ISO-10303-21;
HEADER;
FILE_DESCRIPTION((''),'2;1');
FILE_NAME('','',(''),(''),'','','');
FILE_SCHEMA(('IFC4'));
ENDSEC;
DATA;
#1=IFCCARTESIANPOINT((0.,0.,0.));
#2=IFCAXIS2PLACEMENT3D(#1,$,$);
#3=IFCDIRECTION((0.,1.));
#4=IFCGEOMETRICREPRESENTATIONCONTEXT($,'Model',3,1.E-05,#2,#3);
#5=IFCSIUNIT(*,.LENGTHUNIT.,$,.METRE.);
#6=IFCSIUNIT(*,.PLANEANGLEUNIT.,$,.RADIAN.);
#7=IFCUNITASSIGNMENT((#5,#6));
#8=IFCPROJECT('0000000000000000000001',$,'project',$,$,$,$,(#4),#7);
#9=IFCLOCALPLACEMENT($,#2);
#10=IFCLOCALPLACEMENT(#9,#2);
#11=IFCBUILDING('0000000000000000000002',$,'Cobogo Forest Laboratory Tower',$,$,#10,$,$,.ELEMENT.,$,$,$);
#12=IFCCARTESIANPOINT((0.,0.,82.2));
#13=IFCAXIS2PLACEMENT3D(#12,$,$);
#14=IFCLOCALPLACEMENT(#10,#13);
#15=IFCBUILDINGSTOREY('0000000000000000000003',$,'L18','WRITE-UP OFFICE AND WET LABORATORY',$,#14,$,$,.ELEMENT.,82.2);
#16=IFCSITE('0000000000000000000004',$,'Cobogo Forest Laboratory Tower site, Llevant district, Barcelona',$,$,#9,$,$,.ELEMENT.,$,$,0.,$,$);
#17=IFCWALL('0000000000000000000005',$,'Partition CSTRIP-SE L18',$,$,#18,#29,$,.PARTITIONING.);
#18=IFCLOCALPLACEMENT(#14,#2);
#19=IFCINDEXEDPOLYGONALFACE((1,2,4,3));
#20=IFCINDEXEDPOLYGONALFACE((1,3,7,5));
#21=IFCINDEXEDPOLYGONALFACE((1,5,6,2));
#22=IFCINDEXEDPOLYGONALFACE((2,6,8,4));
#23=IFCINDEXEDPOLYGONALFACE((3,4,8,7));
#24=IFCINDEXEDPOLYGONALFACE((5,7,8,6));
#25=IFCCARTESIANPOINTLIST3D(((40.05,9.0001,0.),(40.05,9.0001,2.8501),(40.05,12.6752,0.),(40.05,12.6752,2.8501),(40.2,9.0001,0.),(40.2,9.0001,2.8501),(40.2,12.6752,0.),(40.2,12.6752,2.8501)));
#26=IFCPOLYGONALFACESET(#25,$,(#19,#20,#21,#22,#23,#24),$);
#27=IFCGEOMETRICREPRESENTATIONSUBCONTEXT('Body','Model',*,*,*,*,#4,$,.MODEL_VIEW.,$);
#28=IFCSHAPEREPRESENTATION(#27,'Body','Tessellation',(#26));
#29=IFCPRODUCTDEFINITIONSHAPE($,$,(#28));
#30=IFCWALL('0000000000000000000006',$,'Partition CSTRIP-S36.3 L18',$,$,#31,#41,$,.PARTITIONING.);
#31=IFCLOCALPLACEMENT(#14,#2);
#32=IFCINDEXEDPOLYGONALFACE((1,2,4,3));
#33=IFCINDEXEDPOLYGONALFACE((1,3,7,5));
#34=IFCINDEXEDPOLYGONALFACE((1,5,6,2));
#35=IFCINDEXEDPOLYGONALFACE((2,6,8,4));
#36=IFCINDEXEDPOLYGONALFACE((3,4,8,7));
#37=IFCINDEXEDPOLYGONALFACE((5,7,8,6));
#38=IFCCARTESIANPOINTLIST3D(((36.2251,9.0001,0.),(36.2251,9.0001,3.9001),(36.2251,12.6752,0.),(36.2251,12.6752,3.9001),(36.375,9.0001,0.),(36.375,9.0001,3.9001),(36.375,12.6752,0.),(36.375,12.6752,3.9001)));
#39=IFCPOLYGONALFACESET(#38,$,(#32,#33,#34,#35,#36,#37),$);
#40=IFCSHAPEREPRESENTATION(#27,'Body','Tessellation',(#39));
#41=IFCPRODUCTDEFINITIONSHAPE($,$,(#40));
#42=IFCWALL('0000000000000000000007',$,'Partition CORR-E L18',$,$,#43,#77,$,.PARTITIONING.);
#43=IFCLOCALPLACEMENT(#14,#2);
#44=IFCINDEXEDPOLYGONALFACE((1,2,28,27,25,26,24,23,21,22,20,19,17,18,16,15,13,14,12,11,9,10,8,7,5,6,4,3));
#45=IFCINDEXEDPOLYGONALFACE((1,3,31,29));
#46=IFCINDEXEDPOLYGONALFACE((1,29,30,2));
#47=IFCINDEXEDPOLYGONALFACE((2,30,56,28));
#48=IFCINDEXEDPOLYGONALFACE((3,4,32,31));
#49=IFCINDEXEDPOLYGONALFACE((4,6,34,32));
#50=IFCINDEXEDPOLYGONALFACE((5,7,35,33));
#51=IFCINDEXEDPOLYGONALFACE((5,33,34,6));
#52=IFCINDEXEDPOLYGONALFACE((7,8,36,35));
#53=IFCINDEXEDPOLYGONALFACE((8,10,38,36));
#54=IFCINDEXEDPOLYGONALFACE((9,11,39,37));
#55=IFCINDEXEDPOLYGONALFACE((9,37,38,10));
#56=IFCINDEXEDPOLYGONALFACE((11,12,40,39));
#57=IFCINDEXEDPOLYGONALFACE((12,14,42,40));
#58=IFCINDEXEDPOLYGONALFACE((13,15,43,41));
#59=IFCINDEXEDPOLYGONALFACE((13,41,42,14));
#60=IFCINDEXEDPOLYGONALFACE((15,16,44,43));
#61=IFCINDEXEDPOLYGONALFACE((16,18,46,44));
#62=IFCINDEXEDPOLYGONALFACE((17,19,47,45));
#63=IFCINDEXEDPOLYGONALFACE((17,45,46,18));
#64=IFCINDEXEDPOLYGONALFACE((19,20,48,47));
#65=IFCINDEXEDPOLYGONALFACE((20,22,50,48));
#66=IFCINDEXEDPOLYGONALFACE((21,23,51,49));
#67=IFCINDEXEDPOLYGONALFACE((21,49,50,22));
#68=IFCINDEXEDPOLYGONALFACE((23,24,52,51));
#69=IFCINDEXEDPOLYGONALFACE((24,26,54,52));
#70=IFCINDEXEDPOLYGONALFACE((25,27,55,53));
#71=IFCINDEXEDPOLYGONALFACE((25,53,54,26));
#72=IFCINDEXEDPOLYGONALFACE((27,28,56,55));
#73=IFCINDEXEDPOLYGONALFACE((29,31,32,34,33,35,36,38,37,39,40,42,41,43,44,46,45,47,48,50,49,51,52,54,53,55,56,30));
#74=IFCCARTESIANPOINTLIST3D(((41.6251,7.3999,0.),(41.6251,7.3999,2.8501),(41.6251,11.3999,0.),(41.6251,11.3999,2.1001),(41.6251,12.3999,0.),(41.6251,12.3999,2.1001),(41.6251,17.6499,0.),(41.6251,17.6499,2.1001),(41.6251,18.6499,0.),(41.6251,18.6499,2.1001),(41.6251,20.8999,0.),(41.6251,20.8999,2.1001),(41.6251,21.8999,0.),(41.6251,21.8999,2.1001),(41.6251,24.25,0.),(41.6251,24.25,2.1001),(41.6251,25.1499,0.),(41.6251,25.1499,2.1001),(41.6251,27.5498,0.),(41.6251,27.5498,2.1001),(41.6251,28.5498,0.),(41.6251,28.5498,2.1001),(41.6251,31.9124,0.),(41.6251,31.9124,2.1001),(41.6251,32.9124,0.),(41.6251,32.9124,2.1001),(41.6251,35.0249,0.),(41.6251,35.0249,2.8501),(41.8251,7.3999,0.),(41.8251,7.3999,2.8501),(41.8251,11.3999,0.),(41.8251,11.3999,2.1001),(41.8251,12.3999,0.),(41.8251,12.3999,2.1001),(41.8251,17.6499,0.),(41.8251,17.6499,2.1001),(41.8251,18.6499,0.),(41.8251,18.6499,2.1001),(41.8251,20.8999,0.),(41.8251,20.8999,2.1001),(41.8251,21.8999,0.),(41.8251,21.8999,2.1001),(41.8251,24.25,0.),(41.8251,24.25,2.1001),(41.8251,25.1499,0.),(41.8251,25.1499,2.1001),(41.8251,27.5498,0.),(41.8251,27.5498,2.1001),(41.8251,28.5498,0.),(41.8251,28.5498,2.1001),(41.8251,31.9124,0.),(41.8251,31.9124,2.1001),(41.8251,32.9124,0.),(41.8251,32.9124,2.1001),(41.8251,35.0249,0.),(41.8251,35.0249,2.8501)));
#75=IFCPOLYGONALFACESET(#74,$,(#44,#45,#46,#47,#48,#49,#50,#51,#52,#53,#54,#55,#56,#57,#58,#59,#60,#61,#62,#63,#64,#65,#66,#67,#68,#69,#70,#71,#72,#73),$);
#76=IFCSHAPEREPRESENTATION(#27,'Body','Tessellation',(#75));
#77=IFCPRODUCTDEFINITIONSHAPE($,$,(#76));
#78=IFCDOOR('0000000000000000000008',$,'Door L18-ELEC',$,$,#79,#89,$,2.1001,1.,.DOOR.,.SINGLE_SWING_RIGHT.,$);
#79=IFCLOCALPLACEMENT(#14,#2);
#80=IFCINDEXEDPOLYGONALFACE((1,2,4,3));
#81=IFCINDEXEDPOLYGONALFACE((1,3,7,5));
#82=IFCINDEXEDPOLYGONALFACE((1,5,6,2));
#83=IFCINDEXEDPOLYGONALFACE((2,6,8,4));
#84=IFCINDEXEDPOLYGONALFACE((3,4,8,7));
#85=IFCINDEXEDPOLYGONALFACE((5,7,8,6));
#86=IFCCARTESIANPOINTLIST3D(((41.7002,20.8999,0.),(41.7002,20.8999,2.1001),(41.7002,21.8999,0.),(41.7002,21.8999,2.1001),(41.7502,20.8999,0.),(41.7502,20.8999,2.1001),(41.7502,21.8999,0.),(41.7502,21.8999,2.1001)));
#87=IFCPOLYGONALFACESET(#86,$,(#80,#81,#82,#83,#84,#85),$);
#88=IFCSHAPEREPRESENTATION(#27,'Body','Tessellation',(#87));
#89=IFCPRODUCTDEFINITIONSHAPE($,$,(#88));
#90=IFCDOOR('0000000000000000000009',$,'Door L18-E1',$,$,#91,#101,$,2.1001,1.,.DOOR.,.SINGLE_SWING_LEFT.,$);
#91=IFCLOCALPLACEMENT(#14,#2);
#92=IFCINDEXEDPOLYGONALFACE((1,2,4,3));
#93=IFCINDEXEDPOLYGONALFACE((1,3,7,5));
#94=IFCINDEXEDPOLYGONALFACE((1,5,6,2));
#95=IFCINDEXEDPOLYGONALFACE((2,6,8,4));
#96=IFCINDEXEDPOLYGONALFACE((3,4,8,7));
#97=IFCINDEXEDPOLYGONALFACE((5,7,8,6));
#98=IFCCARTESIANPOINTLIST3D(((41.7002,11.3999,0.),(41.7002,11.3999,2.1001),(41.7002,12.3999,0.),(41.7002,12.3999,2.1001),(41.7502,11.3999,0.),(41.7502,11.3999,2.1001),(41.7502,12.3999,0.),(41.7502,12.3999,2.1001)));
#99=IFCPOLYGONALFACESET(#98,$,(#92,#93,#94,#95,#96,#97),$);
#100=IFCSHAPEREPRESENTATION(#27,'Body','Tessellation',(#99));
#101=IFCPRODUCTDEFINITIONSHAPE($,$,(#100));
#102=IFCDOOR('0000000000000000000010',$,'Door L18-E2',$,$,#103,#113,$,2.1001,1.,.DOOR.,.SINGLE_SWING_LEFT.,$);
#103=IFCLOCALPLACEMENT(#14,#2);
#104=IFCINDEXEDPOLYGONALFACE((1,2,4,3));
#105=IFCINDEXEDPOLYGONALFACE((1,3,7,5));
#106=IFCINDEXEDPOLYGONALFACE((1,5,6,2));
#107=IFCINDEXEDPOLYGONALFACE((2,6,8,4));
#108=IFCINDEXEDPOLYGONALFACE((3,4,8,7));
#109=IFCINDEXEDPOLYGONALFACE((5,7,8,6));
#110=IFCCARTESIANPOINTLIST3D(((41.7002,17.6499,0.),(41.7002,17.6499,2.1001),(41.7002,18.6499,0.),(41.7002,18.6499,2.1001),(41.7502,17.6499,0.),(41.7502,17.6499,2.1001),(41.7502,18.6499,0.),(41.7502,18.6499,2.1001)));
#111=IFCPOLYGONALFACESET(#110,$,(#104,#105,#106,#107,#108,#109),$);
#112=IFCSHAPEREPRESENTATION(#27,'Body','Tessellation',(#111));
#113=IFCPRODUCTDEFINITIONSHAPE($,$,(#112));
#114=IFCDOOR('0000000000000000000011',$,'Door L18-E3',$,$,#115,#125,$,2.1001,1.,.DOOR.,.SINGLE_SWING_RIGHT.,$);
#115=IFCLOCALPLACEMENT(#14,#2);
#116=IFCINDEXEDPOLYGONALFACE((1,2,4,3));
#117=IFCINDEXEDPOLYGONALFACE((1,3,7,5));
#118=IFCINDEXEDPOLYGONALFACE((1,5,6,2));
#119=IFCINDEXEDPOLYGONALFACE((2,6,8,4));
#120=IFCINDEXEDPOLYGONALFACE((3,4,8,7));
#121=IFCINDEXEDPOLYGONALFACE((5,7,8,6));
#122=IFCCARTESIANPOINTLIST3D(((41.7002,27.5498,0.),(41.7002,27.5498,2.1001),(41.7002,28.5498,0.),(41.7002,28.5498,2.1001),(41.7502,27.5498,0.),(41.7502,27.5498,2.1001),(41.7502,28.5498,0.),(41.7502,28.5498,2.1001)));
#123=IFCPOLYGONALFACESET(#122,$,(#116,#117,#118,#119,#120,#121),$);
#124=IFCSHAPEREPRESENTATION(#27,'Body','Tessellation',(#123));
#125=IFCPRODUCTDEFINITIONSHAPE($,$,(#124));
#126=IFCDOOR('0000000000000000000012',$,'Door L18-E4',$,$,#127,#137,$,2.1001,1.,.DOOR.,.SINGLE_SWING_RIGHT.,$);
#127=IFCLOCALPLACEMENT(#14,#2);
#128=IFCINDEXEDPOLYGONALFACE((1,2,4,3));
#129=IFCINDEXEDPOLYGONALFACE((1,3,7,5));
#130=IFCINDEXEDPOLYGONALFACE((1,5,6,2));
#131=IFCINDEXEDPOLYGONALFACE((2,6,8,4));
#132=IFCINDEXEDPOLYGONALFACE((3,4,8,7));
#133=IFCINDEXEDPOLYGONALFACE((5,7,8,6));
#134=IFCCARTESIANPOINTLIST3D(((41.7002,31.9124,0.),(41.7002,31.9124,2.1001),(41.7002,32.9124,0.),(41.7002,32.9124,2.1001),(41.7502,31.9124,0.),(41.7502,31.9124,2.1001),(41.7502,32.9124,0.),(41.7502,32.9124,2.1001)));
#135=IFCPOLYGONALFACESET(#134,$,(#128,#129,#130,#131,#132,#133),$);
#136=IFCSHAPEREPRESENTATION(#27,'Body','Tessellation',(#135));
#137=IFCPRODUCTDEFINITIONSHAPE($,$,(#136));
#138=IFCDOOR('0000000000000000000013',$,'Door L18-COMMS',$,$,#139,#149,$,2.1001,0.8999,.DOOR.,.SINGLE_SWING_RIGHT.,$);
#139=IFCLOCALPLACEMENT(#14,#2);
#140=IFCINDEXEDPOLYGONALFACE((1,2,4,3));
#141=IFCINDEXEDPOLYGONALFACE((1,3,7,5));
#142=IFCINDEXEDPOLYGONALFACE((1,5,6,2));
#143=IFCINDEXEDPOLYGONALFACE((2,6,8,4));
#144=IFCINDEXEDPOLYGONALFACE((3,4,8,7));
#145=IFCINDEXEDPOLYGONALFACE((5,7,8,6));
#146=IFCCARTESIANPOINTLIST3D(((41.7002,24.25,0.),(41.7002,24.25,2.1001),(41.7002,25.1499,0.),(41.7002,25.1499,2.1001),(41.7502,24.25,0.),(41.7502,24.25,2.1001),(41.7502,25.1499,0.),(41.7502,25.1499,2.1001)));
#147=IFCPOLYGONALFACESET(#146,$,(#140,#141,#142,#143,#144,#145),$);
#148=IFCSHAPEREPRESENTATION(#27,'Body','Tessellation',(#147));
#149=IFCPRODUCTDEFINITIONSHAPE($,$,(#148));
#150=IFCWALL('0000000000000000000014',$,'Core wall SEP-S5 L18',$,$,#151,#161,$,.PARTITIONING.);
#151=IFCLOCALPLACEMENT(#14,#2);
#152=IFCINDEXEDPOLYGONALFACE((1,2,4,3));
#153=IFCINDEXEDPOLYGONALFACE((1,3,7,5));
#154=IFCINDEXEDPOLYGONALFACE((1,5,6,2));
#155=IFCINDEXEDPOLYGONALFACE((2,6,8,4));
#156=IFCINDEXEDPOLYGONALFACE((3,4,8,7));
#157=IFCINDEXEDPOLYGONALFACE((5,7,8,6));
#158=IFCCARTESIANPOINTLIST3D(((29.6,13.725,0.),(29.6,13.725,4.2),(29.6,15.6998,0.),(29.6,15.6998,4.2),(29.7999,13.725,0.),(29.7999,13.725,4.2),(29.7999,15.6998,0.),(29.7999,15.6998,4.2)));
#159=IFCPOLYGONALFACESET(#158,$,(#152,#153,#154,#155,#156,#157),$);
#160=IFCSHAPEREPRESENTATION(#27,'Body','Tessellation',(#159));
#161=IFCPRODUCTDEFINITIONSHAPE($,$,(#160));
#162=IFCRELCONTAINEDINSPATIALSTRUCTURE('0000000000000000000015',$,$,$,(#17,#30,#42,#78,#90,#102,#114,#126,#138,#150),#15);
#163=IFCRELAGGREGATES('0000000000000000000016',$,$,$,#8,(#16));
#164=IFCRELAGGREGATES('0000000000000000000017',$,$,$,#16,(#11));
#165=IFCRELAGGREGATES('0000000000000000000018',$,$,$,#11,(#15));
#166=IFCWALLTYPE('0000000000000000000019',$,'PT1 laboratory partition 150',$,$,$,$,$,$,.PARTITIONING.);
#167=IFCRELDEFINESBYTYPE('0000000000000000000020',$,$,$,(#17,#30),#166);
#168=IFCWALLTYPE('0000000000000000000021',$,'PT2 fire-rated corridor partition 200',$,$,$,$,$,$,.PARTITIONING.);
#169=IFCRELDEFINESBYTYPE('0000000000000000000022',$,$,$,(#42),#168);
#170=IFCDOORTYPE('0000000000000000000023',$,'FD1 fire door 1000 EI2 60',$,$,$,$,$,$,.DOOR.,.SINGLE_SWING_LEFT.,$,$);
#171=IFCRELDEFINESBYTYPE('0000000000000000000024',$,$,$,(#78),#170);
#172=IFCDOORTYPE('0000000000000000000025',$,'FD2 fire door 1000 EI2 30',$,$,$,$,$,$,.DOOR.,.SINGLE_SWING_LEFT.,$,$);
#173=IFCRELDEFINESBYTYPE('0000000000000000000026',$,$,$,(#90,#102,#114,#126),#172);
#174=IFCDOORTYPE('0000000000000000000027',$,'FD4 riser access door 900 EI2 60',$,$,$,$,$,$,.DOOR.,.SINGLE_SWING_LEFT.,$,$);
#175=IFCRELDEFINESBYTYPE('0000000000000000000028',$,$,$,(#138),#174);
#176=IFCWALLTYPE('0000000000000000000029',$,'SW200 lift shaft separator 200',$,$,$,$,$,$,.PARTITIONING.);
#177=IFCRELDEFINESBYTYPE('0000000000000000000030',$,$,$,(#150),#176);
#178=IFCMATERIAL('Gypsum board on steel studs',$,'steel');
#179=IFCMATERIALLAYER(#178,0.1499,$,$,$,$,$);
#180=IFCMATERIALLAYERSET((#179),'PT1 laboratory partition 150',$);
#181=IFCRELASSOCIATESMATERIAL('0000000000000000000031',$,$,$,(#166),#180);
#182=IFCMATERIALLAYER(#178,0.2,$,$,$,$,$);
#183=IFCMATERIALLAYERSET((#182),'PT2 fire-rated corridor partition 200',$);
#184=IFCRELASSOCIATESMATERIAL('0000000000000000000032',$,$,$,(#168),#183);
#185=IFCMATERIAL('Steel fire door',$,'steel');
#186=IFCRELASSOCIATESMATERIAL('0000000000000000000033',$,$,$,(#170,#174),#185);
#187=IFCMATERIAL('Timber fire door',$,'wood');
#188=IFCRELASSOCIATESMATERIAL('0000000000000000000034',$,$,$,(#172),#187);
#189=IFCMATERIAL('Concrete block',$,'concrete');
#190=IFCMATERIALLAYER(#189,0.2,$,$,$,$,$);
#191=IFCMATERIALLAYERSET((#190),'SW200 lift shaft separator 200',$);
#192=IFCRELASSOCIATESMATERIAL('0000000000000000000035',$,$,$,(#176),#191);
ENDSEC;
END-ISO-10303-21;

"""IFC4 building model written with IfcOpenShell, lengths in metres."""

from ifc_helpers import new_model, si_unit, direction, frame, frame_2d, origin, place, context, subcontext, project, spatial, rectangle, extrude, material, layer, layer_set, type_object, element, fill, save


model = new_model("IFC4")

# Units and contexts
model_context = context("Model", 3, precision=1e-05, world=origin(), true_north=direction((0.0, 1.0)))
body_context = subcontext(model_context, "Body", "Model", "MODEL_VIEW")
ifc_project = project(units=[si_unit("LENGTHUNIT", "METRE"), si_unit("PLANEANGLEUNIT", "RADIAN")], contexts=[model_context])

# Site, building, storey
site_placement = place(None, origin())
site = spatial("IfcSite", under=ifc_project, at=site_placement, Name="Cobogo Forest Laboratory Tower site, Llevant district, Barcelona", CompositionType="ELEMENT", RefElevation=0.0)
building_placement = place(site_placement, origin())
building = spatial("IfcBuilding", under=site, at=building_placement, Name="Cobogo Forest Laboratory Tower", CompositionType="ELEMENT")
storey_placement = place(building_placement, frame((0.0, 0.0, 82.2)))
storey = spatial("IfcBuildingStorey", under=building, at=storey_placement, Name="L18", Description="WRITE-UP OFFICE AND WET LABORATORY", CompositionType="ELEMENT", Elevation=82.2)

# Shared definitions
ifc_material_1 = material(Name="Steel fire door", Category="steel")

# Walls
ifc_material_2 = material(Name="Gypsum board on steel studs", Category="steel")
ifc_layer_1 = layer(ifc_material_2, 0.1499)
ifc_layer_set_1 = layer_set([ifc_layer_1], Name="PT1 laboratory partition 150")
wall_type_1 = type_object("IfcWallType", Name="PT1 laboratory partition 150", PredefinedType="PARTITIONING", material=ifc_layer_set_1)
wall_1_placement = place(storey_placement, frame((40.125, 12.675, 0.0), z_axis=(0.0, 0.0, 1.0), x_axis=(0.0, -1.0, 0.0)))
element("IfcWall", 1, at=wall_1_placement, inside=storey, type_object=wall_type_1, Name="Partition CSTRIP-SE L18", PredefinedType="PARTITIONING", context=body_context, shape_type="SweptSolid", body=[
    extrude(rectangle(XDim=3.675, YDim=0.1499, at=frame_2d((1.8374, 0.0))), origin(), (0.0, 0.0, 1.0), 2.8501),
])
wall_2_placement = place(storey_placement, frame((36.3, 12.675, 0.0), z_axis=(0.0, 0.0, 1.0), x_axis=(0.0, -1.0, 0.0)))
element("IfcWall", 2, at=wall_2_placement, inside=storey, type_object=wall_type_1, Name="Partition CSTRIP-S36.3 L18", PredefinedType="PARTITIONING", context=body_context, shape_type="SweptSolid", body=[
    extrude(rectangle(XDim=3.675, YDim=0.1499, at=frame_2d((1.8374, 0.0))), origin(), (0.0, 0.0, 1.0), 3.9001),
])

# Wall, openings, doors
ifc_layer_2 = layer(ifc_material_2, 0.2)
ifc_layer_set_2 = layer_set([ifc_layer_2], Name="PT2 fire-rated corridor partition 200")
wall_type_2 = type_object("IfcWallType", Name="PT2 fire-rated corridor partition 200", PredefinedType="PARTITIONING", material=ifc_layer_set_2)
wall_3_placement = place(storey_placement, frame((41.7251, 7.3999, 0.0), z_axis=(0.0, 0.0, 1.0), x_axis=(0.0, 1.0, 0.0)))
wall_3 = element("IfcWall", 3, at=wall_3_placement, inside=storey, type_object=wall_type_2, Name="Partition CORR-E L18", PredefinedType="PARTITIONING", context=body_context, shape_type="SweptSolid", body=[
    extrude(rectangle(XDim=27.625, YDim=0.2, at=frame_2d((13.8125, 0.0))), origin(), (0.0, 0.0, 1.0), 2.8501),
])
opening_1_placement = place(wall_3_placement, frame((4.0, 0.0, 0.0)))
opening_1 = element("IfcOpeningElement", 4, at=opening_1_placement, cuts=wall_3, PredefinedType="OPENING", context=body_context, shape_type="SweptSolid", body=[
    extrude(rectangle(XDim=1.0, YDim=2.1001, at=frame_2d((0.5, 1.05))), frame((0.0, 0.1099, 0.0), z_axis=(0.0, -1.0, 0.0), x_axis=(1.0, 0.0, 0.0)), (0.0, 0.0, 1.0), 0.22),
])
opening_2_placement = place(wall_3_placement, frame((10.25, 0.0, 0.0)))
opening_2 = element("IfcOpeningElement", 5, at=opening_2_placement, cuts=wall_3, PredefinedType="OPENING", context=body_context, shape_type="SweptSolid", body=[
    extrude(rectangle(XDim=1.0, YDim=2.1001, at=frame_2d((0.5, 1.05))), frame((0.0, 0.1099, 0.0), z_axis=(0.0, -1.0, 0.0), x_axis=(1.0, 0.0, 0.0)), (0.0, 0.0, 1.0), 0.22),
])
opening_3_placement = place(wall_3_placement, frame((13.5, 0.0, 0.0)))
opening_3 = element("IfcOpeningElement", 6, at=opening_3_placement, cuts=wall_3, PredefinedType="OPENING", context=body_context, shape_type="SweptSolid", body=[
    extrude(rectangle(XDim=1.0, YDim=2.1001, at=frame_2d((0.5, 1.05))), frame((0.0, 0.1099, 0.0), z_axis=(0.0, -1.0, 0.0), x_axis=(1.0, 0.0, 0.0)), (0.0, 0.0, 1.0), 0.22),
])
opening_4_placement = place(wall_3_placement, frame((16.8501, 0.0, 0.0)))
opening_4 = element("IfcOpeningElement", 7, at=opening_4_placement, cuts=wall_3, PredefinedType="OPENING", context=body_context, shape_type="SweptSolid", body=[
    extrude(rectangle(XDim=0.8999, YDim=2.1001, at=frame_2d((0.45, 1.05))), frame((0.0, 0.1099, 0.0), z_axis=(0.0, -1.0, 0.0), x_axis=(1.0, 0.0, 0.0)), (0.0, 0.0, 1.0), 0.22),
])
opening_5_placement = place(wall_3_placement, frame((20.1499, 0.0, 0.0)))
opening_5 = element("IfcOpeningElement", 8, at=opening_5_placement, cuts=wall_3, PredefinedType="OPENING", context=body_context, shape_type="SweptSolid", body=[
    extrude(rectangle(XDim=1.0, YDim=2.1001, at=frame_2d((0.5, 1.05))), frame((0.0, 0.1099, 0.0), z_axis=(0.0, -1.0, 0.0), x_axis=(1.0, 0.0, 0.0)), (0.0, 0.0, 1.0), 0.22),
])
opening_6_placement = place(wall_3_placement, frame((24.5125, 0.0, 0.0)))
opening_6 = element("IfcOpeningElement", 9, at=opening_6_placement, cuts=wall_3, PredefinedType="OPENING", context=body_context, shape_type="SweptSolid", body=[
    extrude(rectangle(XDim=1.0, YDim=2.1001, at=frame_2d((0.5, 1.05))), frame((0.0, 0.1099, 0.0), z_axis=(0.0, -1.0, 0.0), x_axis=(1.0, 0.0, 0.0)), (0.0, 0.0, 1.0), 0.22),
])
door_type_1 = type_object("IfcDoorType", Name="FD1 fire door 1000 EI2 60", OperationType="SINGLE_SWING_LEFT", PredefinedType="DOOR", material=ifc_material_1)
door_1_placement = place(opening_3_placement, origin())
door_1 = element("IfcDoor", 10, at=door_1_placement, inside=storey, type_object=door_type_1, Name="Door L18-ELEC", OperationType="SINGLE_SWING_RIGHT", OverallHeight=2.1001, OverallWidth=1.0, PredefinedType="DOOR", context=body_context, shape_type="SweptSolid", body=[
    extrude(rectangle(XDim=1.0, YDim=2.1001, at=frame_2d((0.5, 1.05))), frame((0.0, 0.0249, 0.0), z_axis=(0.0, -1.0, 0.0), x_axis=(1.0, 0.0, 0.0)), (0.0, 0.0, 1.0), 0.05),
])
fill(opening_3, door_1)
ifc_material_3 = material(Name="Timber fire door", Category="wood")
door_type_2 = type_object("IfcDoorType", Name="FD2 fire door 1000 EI2 30", OperationType="SINGLE_SWING_LEFT", PredefinedType="DOOR", material=ifc_material_3)
door_2_placement = place(opening_1_placement, origin())
door_2 = element("IfcDoor", 11, at=door_2_placement, inside=storey, type_object=door_type_2, Name="Door L18-E1", OperationType="SINGLE_SWING_LEFT", OverallHeight=2.1001, OverallWidth=1.0, PredefinedType="DOOR", context=body_context, shape_type="SweptSolid", body=[
    extrude(rectangle(XDim=1.0, YDim=2.1001, at=frame_2d((0.5, 1.05))), frame((0.0, 0.0249, 0.0), z_axis=(0.0, -1.0, 0.0), x_axis=(1.0, 0.0, 0.0)), (0.0, 0.0, 1.0), 0.05),
])
fill(opening_1, door_2)
door_3_placement = place(opening_2_placement, origin())
door_3 = element("IfcDoor", 12, at=door_3_placement, inside=storey, type_object=door_type_2, Name="Door L18-E2", OperationType="SINGLE_SWING_LEFT", OverallHeight=2.1001, OverallWidth=1.0, PredefinedType="DOOR", context=body_context, shape_type="SweptSolid", body=[
    extrude(rectangle(XDim=1.0, YDim=2.1001, at=frame_2d((0.5, 1.05))), frame((0.0, 0.0249, 0.0), z_axis=(0.0, -1.0, 0.0), x_axis=(1.0, 0.0, 0.0)), (0.0, 0.0, 1.0), 0.05),
])
fill(opening_2, door_3)
door_4_placement = place(opening_5_placement, origin())
door_4 = element("IfcDoor", 13, at=door_4_placement, inside=storey, type_object=door_type_2, Name="Door L18-E3", OperationType="SINGLE_SWING_RIGHT", OverallHeight=2.1001, OverallWidth=1.0, PredefinedType="DOOR", context=body_context, shape_type="SweptSolid", body=[
    extrude(rectangle(XDim=1.0, YDim=2.1001, at=frame_2d((0.5, 1.05))), frame((0.0, 0.0249, 0.0), z_axis=(0.0, -1.0, 0.0), x_axis=(1.0, 0.0, 0.0)), (0.0, 0.0, 1.0), 0.05),
])
fill(opening_5, door_4)
door_5_placement = place(opening_6_placement, origin())
door_5 = element("IfcDoor", 14, at=door_5_placement, inside=storey, type_object=door_type_2, Name="Door L18-E4", OperationType="SINGLE_SWING_RIGHT", OverallHeight=2.1001, OverallWidth=1.0, PredefinedType="DOOR", context=body_context, shape_type="SweptSolid", body=[
    extrude(rectangle(XDim=1.0, YDim=2.1001, at=frame_2d((0.5, 1.05))), frame((0.0, 0.0249, 0.0), z_axis=(0.0, -1.0, 0.0), x_axis=(1.0, 0.0, 0.0)), (0.0, 0.0, 1.0), 0.05),
])
fill(opening_6, door_5)
door_type_3 = type_object("IfcDoorType", Name="FD4 riser access door 900 EI2 60", OperationType="SINGLE_SWING_LEFT", PredefinedType="DOOR", material=ifc_material_1)
door_6_placement = place(opening_4_placement, origin())
door_6 = element("IfcDoor", 15, at=door_6_placement, inside=storey, type_object=door_type_3, Name="Door L18-COMMS", OperationType="SINGLE_SWING_RIGHT", OverallHeight=2.1001, OverallWidth=0.8999, PredefinedType="DOOR", context=body_context, shape_type="SweptSolid", body=[
    extrude(rectangle(XDim=0.8999, YDim=2.1001, at=frame_2d((0.45, 1.05))), frame((0.0, 0.0249, 0.0), z_axis=(0.0, -1.0, 0.0), x_axis=(1.0, 0.0, 0.0)), (0.0, 0.0, 1.0), 0.05),
])
fill(opening_4, door_6)

# Wall
ifc_material_4 = material(Name="Concrete block", Category="concrete")
ifc_layer_3 = layer(ifc_material_4, 0.2)
ifc_layer_set_3 = layer_set([ifc_layer_3], Name="SW200 lift shaft separator 200")
wall_type_3 = type_object("IfcWallType", Name="SW200 lift shaft separator 200", PredefinedType="PARTITIONING", material=ifc_layer_set_3)
for number, where, z_axis, x_axis, name in (
    (16, (29.7, 13.7251, 0.0), (0.0, 0.0, 1.0), (0.0, 1.0, 0.0), "Core wall SEP-S5 L18"),
):
    element("IfcWall", number, at=place(storey_placement, frame(where, z_axis=z_axis, x_axis=x_axis)), inside=storey, type_object=wall_type_3, Name=name, PredefinedType="PARTITIONING", context=body_context, shape_type="SweptSolid", body=[
        extrude(rectangle(XDim=1.9749, YDim=0.2, at=frame_2d((0.9873, 0.0))), origin(), (0.0, 0.0, 1.0), 4.2),
    ])

save(model, "model.ifc")
